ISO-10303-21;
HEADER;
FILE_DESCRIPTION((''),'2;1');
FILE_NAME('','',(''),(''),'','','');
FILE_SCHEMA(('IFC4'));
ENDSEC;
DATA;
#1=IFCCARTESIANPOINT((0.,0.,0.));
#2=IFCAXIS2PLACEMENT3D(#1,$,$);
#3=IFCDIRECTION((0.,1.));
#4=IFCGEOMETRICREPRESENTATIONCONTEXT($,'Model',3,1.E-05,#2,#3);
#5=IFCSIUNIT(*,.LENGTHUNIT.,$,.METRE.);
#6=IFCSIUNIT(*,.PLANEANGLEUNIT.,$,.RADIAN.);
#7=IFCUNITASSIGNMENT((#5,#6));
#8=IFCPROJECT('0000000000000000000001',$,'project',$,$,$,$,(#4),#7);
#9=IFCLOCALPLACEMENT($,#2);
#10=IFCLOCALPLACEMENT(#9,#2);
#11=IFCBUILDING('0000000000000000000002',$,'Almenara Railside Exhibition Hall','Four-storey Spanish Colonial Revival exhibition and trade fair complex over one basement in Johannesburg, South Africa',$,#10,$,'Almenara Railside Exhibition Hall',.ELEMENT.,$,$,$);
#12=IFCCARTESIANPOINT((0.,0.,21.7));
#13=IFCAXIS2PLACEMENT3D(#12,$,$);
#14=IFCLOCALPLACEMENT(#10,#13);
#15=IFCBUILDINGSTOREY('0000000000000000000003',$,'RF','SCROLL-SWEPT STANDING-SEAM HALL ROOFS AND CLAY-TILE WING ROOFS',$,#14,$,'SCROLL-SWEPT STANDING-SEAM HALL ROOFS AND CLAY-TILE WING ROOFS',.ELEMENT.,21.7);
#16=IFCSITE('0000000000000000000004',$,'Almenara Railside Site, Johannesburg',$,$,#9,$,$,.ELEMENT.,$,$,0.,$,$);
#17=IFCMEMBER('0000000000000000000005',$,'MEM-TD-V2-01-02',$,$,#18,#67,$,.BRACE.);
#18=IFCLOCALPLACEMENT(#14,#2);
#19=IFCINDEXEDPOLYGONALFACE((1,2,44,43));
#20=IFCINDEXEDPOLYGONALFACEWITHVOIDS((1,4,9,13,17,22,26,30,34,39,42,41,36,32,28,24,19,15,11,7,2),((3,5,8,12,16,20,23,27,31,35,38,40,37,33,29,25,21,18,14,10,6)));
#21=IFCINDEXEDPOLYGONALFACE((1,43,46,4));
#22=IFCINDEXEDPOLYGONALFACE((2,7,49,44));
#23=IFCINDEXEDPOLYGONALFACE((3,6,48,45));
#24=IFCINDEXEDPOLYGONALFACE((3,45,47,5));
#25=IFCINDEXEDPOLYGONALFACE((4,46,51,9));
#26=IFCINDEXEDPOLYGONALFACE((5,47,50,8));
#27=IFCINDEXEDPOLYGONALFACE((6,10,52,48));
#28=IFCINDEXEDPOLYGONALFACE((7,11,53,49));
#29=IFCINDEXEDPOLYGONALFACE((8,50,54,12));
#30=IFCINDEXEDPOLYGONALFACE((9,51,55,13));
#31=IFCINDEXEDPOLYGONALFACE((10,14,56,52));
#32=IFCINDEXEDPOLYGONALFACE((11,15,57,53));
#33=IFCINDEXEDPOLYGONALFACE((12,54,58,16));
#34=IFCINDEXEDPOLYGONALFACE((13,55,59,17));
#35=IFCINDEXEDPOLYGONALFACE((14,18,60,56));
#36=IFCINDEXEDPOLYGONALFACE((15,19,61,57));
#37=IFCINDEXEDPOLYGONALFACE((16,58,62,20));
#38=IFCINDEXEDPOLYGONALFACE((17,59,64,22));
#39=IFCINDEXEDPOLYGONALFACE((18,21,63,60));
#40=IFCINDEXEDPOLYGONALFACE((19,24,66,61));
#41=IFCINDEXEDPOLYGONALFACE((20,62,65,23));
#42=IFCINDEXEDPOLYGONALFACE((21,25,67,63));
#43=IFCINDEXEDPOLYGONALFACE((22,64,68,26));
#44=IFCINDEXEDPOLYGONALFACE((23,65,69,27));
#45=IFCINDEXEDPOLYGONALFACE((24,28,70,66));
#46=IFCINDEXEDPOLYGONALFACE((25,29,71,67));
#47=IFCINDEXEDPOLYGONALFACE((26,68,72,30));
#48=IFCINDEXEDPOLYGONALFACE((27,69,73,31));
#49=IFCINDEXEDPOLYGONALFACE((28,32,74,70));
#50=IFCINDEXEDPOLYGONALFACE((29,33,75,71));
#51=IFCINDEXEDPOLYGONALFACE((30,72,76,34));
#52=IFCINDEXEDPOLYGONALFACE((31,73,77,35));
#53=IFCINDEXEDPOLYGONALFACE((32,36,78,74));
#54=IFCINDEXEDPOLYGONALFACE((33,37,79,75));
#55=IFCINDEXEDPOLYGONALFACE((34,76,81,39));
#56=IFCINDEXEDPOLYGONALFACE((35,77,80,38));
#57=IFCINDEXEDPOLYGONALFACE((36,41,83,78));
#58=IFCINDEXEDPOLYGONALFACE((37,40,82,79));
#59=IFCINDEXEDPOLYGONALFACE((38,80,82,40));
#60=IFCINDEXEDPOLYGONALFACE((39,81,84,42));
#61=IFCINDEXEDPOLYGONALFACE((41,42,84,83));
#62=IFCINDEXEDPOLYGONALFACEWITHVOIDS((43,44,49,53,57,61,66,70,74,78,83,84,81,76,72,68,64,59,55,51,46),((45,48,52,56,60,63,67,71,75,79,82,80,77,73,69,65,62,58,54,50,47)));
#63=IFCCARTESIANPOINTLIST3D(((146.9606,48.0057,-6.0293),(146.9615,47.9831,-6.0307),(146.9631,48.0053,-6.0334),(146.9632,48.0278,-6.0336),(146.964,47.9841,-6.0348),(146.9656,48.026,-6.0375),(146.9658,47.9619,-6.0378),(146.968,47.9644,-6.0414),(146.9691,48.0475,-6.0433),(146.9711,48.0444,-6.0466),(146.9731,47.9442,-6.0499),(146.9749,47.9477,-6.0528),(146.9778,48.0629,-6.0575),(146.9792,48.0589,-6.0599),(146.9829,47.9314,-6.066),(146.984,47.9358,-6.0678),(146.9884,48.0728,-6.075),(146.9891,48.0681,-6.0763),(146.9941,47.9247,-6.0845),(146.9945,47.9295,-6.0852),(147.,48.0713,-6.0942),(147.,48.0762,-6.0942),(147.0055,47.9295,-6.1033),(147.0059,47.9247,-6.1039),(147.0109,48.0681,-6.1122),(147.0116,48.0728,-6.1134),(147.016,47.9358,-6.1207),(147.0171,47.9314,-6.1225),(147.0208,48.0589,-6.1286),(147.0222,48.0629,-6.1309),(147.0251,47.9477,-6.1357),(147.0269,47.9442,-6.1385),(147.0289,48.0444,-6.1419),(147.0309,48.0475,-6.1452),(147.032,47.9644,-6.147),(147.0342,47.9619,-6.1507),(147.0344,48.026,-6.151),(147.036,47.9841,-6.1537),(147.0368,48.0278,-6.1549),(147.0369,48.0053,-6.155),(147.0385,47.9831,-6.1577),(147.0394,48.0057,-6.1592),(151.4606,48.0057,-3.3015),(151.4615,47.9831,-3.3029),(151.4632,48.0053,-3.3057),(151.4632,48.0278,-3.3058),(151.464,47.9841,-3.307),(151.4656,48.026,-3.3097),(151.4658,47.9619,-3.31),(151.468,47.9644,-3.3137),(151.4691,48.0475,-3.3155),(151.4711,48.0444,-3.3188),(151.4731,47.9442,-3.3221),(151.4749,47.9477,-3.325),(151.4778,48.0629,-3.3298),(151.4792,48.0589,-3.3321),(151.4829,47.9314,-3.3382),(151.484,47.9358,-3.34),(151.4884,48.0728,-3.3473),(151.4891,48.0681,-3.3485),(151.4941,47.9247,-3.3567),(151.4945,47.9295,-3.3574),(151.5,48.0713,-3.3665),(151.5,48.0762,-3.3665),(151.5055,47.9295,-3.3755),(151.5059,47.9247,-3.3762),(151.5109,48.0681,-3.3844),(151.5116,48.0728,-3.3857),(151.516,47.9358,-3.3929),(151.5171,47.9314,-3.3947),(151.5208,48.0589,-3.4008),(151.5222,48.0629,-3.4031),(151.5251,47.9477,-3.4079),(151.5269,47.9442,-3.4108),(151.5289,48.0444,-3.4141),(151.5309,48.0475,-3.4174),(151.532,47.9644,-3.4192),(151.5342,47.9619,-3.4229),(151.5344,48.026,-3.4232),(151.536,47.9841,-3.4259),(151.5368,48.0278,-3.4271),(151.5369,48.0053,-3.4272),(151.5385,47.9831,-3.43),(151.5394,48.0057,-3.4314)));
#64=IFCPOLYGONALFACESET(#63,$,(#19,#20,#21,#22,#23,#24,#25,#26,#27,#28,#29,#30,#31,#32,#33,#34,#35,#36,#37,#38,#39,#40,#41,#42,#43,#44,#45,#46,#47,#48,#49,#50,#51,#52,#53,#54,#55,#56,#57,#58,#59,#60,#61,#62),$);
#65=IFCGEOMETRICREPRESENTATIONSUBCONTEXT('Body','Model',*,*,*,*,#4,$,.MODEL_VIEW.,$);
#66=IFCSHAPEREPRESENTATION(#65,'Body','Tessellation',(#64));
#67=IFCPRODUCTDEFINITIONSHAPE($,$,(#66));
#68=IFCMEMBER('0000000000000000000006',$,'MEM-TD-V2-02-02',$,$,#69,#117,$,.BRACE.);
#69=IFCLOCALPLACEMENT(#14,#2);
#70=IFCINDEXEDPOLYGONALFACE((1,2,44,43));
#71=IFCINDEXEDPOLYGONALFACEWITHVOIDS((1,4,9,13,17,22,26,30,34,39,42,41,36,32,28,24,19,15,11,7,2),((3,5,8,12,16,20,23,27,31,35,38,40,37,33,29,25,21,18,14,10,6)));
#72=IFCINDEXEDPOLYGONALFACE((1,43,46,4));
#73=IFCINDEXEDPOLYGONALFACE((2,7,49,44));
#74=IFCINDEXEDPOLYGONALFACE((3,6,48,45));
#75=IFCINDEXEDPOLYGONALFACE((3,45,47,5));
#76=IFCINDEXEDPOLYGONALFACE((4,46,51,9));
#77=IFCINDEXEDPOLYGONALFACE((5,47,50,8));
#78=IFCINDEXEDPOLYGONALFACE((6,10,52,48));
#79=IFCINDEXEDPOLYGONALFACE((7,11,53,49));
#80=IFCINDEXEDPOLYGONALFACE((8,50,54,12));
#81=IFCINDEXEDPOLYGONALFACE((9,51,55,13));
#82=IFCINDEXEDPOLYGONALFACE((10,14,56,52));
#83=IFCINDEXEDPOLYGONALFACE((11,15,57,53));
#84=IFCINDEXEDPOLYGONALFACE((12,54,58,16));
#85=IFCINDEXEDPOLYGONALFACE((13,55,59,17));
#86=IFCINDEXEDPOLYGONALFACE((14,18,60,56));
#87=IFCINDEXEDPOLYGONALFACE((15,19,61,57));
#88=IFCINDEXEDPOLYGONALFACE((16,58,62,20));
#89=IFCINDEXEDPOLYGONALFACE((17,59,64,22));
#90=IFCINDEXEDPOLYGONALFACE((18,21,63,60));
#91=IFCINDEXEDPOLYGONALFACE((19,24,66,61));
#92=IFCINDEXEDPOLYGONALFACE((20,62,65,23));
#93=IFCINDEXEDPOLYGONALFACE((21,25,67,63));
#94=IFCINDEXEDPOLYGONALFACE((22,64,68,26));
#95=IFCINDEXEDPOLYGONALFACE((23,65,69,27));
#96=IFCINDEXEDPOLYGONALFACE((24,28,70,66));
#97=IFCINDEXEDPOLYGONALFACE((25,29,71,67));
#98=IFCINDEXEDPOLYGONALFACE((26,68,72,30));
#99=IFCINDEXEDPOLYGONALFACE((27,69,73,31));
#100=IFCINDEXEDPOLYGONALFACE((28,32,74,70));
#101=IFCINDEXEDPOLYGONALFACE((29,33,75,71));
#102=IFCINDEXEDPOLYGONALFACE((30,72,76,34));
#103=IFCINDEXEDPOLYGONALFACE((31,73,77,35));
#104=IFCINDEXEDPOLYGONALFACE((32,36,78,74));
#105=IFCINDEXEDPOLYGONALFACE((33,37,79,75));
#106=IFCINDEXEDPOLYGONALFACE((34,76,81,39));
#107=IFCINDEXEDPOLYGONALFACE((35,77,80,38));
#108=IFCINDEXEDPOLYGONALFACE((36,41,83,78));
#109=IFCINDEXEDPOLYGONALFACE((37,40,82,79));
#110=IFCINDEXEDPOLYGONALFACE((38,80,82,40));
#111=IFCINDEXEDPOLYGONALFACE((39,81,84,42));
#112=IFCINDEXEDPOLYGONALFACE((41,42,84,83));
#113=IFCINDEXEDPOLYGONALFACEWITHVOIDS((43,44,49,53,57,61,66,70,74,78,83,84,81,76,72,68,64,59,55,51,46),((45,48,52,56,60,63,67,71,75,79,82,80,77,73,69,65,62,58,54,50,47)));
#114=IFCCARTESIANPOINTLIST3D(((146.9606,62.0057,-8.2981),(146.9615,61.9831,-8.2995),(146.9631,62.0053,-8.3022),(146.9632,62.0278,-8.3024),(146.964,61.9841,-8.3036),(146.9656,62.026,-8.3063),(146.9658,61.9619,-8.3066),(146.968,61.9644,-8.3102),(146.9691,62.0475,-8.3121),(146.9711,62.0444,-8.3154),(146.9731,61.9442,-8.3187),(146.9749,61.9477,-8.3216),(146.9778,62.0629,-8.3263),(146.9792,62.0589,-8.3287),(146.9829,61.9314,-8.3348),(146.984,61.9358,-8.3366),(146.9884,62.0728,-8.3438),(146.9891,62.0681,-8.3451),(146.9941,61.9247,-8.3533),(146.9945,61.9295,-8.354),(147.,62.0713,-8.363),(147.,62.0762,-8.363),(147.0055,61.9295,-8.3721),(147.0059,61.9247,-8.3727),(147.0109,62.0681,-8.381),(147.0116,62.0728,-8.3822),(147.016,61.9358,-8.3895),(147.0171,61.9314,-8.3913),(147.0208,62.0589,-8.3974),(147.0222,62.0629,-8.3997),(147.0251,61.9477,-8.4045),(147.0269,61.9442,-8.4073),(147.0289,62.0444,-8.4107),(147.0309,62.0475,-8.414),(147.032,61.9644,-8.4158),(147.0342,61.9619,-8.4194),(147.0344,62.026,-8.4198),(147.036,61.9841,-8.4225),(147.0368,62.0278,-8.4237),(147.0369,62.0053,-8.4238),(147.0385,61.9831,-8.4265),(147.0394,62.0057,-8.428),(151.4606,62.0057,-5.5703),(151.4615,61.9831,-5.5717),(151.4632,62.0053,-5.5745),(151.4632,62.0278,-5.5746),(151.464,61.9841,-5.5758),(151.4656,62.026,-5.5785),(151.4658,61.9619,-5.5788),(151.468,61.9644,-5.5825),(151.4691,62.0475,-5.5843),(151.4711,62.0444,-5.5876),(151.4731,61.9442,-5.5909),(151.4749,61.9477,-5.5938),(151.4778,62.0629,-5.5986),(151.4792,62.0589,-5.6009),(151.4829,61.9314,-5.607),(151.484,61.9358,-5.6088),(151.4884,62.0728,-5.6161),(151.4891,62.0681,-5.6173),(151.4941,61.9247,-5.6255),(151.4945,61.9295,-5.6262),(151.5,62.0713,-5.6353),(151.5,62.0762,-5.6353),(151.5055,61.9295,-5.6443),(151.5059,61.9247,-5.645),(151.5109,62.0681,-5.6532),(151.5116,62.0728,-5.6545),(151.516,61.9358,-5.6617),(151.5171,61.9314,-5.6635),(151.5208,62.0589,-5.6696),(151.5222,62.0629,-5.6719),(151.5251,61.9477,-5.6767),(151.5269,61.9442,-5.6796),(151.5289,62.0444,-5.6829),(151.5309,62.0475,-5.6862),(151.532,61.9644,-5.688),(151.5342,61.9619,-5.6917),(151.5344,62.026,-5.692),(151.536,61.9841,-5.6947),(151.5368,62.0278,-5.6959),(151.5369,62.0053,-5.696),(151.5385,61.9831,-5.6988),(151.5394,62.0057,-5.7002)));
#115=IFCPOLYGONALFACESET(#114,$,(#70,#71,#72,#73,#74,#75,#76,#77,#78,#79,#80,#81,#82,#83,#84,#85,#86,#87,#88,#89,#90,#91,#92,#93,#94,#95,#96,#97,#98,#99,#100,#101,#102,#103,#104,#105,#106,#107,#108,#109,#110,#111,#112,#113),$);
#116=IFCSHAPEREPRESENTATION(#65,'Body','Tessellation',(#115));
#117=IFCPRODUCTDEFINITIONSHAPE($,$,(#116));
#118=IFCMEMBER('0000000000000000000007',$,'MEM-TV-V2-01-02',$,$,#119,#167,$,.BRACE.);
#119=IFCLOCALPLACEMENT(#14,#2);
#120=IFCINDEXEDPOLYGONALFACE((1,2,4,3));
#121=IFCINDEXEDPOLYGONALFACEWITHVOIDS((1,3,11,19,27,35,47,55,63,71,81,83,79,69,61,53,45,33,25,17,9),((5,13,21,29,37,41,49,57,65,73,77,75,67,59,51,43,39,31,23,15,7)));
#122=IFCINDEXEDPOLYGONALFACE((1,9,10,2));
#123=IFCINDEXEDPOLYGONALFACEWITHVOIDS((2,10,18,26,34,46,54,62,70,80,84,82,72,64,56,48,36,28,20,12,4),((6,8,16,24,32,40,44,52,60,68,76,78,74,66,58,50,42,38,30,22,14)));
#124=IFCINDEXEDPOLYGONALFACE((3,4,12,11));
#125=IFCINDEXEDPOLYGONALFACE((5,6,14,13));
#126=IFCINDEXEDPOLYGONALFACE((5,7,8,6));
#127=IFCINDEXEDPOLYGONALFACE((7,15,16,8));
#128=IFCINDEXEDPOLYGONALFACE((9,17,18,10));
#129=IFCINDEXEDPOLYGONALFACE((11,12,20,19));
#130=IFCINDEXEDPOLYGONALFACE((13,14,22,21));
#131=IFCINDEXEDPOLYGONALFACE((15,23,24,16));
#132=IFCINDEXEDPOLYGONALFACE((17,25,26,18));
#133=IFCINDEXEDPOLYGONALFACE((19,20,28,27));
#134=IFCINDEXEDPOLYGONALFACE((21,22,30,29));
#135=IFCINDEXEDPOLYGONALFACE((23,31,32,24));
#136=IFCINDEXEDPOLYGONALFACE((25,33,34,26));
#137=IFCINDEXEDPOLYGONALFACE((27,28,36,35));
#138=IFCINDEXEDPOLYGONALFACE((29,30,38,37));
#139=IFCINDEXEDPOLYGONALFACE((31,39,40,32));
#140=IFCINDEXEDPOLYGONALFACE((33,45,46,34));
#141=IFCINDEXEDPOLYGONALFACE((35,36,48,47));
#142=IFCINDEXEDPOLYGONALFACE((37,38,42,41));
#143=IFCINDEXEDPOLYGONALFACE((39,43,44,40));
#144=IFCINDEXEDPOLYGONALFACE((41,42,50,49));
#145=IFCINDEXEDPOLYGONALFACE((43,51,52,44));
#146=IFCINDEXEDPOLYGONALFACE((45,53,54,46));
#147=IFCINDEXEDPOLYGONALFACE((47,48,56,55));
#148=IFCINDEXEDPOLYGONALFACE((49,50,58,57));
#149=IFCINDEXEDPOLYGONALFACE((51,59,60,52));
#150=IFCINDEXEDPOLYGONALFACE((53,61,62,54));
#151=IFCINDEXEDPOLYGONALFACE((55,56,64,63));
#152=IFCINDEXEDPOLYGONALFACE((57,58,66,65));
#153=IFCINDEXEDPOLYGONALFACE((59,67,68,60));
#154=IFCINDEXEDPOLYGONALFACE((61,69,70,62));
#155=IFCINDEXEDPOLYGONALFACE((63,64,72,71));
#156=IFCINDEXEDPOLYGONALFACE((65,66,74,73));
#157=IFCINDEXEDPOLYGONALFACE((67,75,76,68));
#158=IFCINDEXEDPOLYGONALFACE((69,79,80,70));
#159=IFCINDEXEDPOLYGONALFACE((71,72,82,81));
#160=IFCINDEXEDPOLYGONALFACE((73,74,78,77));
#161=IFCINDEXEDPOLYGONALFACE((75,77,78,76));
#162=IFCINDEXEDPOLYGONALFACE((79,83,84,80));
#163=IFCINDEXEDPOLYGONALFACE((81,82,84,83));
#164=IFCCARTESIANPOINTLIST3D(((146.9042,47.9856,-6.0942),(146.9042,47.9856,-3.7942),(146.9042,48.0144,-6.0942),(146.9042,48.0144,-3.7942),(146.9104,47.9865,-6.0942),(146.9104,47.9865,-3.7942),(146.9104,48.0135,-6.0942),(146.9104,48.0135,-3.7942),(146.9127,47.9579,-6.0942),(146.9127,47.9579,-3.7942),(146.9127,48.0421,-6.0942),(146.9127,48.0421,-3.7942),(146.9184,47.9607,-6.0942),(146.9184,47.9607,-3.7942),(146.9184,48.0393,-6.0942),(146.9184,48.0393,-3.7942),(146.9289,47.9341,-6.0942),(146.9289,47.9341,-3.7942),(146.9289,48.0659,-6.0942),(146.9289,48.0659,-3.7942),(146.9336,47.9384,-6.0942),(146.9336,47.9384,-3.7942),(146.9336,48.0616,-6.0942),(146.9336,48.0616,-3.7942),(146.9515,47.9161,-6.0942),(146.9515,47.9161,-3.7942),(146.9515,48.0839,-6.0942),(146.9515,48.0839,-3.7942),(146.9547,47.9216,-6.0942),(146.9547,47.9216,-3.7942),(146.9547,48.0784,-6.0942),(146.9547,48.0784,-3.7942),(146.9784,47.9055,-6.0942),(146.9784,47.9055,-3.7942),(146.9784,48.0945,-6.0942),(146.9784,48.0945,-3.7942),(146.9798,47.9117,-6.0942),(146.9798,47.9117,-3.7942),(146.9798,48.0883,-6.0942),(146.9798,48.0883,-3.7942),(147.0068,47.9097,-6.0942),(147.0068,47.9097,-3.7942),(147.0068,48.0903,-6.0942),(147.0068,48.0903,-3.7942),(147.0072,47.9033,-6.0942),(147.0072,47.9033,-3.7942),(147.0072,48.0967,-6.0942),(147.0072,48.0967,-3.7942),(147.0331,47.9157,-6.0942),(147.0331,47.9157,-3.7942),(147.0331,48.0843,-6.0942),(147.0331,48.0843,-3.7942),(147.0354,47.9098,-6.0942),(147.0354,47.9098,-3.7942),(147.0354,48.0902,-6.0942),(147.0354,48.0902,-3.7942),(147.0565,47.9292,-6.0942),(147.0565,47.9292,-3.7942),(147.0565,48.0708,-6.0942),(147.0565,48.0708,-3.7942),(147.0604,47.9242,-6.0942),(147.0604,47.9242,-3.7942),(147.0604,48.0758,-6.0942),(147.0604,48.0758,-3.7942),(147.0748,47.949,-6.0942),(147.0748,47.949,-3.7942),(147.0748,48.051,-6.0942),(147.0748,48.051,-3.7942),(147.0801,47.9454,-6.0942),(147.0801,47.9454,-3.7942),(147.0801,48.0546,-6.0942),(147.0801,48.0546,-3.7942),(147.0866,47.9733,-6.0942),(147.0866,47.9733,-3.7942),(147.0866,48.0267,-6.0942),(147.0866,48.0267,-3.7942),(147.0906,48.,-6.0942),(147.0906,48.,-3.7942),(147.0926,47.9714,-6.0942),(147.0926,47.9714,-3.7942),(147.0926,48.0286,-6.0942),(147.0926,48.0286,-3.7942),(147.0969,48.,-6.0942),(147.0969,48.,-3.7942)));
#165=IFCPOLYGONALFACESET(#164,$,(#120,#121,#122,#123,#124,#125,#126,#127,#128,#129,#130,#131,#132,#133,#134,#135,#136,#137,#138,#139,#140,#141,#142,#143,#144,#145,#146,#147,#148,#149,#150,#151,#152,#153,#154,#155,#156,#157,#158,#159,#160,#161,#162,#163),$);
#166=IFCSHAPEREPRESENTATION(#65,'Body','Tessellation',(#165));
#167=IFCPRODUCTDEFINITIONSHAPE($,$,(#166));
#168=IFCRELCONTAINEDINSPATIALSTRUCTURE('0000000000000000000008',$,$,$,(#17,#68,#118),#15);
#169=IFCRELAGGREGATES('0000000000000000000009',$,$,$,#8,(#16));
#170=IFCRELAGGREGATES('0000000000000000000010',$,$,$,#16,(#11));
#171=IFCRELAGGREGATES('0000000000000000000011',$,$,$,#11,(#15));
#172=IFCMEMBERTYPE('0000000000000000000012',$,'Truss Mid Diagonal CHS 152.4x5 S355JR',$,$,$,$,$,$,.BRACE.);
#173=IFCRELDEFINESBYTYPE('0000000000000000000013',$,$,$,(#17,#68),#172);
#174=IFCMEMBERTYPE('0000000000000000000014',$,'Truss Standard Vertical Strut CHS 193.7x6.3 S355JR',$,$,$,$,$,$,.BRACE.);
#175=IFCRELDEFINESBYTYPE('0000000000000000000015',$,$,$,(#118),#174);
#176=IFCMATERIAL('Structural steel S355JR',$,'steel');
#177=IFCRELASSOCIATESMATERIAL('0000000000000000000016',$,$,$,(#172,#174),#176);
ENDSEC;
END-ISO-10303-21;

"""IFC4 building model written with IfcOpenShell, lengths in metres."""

from ifc_helpers import new_model, si_unit, direction, frame, origin, origin_2d, place, context, subcontext, project, spatial, hollow_circle, extrude, material, material_profile, profile_set, type_object, element, save


model = new_model("IFC4")

# Units and contexts
model_context = context("Model", 3, precision=1e-05, world=origin(), true_north=direction((0.0, 1.0)))
body_context = subcontext(model_context, "Body", "Model", "MODEL_VIEW")
ifc_project = project(units=[si_unit("LENGTHUNIT", "METRE"), si_unit("PLANEANGLEUNIT", "RADIAN")], contexts=[model_context])

# Site, building, storey
site_placement = place(None, origin())
site = spatial("IfcSite", under=ifc_project, at=site_placement, Name="Almenara Railside Site, Johannesburg", CompositionType="ELEMENT", RefElevation=0.0)
building_placement = place(site_placement, origin())
building = spatial("IfcBuilding", under=site, at=building_placement, Name="Almenara Railside Exhibition Hall", Description="Four-storey Spanish Colonial Revival exhibition and trade fair complex over one basement in Johannesburg, South Africa", LongName="Almenara Railside Exhibition Hall", CompositionType="ELEMENT")
storey_placement = place(building_placement, frame((0.0, 0.0, 21.7)))
storey = spatial("IfcBuildingStorey", under=building, at=storey_placement, Name="RF", Description="SCROLL-SWEPT STANDING-SEAM HALL ROOFS AND CLAY-TILE WING ROOFS", LongName="SCROLL-SWEPT STANDING-SEAM HALL ROOFS AND CLAY-TILE WING ROOFS", CompositionType="ELEMENT", Elevation=21.7)

# Members
ifc_material = material(Name="Structural steel S355JR", Category="steel")
ifc_material_profile_1 = material_profile(ifc_material, hollow_circle(Radius=0.0762, WallThickness=0.0049, at=origin_2d()), Name="CHS 152.4x5")
ifc_profile_set_1 = profile_set([ifc_material_profile_1], Name="Structural steel S355JR")
member_type_1 = type_object("IfcMemberType", Name="Truss Mid Diagonal CHS 152.4x5 S355JR", PredefinedType="BRACE", material=ifc_profile_set_1)
for number, where, z_axis, x_axis, name in (
    (1, (147.0, 48.0, -6.0942), (0.855155, 0.0, 0.518373), (0.0, 1.0, 0.0), "MEM-TD-V2-01-02"),
    (2, (147.0, 62.0, -8.363), (0.855155, 0.0, 0.518373), (0.0, 1.0, 0.0), "MEM-TD-V2-02-02"),
):
    element("IfcMember", number, at=place(storey_placement, frame(where, z_axis=z_axis, x_axis=x_axis)), inside=storey, type_object=member_type_1, Name=name, PredefinedType="BRACE", context=body_context, shape_type="SweptSolid", body=[
        extrude(hollow_circle(Radius=0.0762, WallThickness=0.0049, at=origin_2d()), origin(), (0.0, 0.0, 1.0), 5.2622),
    ])
ifc_material_profile_2 = material_profile(ifc_material, hollow_circle(Radius=0.0969, WallThickness=0.0063, at=origin_2d()), Name="CHS 193.7x6.3")
ifc_profile_set_2 = profile_set([ifc_material_profile_2], Name="Structural steel S355JR")
member_type_2 = type_object("IfcMemberType", Name="Truss Standard Vertical Strut CHS 193.7x6.3 S355JR", PredefinedType="BRACE", material=ifc_profile_set_2)
for number, where, z_axis, x_axis, name in (
    (3, (147.0, 48.0, -6.0942), (0.0, 0.0, 1.0), (1.0, 0.0, 0.0), "MEM-TV-V2-01-02"),
):
    element("IfcMember", number, at=place(storey_placement, frame(where, z_axis=z_axis, x_axis=x_axis)), inside=storey, type_object=member_type_2, Name=name, PredefinedType="BRACE", context=body_context, shape_type="SweptSolid", body=[
        extrude(hollow_circle(Radius=0.0969, WallThickness=0.0063, at=origin_2d()), origin(), (0.0, 0.0, 1.0), 2.3),
    ])

save(model, "model.ifc")
